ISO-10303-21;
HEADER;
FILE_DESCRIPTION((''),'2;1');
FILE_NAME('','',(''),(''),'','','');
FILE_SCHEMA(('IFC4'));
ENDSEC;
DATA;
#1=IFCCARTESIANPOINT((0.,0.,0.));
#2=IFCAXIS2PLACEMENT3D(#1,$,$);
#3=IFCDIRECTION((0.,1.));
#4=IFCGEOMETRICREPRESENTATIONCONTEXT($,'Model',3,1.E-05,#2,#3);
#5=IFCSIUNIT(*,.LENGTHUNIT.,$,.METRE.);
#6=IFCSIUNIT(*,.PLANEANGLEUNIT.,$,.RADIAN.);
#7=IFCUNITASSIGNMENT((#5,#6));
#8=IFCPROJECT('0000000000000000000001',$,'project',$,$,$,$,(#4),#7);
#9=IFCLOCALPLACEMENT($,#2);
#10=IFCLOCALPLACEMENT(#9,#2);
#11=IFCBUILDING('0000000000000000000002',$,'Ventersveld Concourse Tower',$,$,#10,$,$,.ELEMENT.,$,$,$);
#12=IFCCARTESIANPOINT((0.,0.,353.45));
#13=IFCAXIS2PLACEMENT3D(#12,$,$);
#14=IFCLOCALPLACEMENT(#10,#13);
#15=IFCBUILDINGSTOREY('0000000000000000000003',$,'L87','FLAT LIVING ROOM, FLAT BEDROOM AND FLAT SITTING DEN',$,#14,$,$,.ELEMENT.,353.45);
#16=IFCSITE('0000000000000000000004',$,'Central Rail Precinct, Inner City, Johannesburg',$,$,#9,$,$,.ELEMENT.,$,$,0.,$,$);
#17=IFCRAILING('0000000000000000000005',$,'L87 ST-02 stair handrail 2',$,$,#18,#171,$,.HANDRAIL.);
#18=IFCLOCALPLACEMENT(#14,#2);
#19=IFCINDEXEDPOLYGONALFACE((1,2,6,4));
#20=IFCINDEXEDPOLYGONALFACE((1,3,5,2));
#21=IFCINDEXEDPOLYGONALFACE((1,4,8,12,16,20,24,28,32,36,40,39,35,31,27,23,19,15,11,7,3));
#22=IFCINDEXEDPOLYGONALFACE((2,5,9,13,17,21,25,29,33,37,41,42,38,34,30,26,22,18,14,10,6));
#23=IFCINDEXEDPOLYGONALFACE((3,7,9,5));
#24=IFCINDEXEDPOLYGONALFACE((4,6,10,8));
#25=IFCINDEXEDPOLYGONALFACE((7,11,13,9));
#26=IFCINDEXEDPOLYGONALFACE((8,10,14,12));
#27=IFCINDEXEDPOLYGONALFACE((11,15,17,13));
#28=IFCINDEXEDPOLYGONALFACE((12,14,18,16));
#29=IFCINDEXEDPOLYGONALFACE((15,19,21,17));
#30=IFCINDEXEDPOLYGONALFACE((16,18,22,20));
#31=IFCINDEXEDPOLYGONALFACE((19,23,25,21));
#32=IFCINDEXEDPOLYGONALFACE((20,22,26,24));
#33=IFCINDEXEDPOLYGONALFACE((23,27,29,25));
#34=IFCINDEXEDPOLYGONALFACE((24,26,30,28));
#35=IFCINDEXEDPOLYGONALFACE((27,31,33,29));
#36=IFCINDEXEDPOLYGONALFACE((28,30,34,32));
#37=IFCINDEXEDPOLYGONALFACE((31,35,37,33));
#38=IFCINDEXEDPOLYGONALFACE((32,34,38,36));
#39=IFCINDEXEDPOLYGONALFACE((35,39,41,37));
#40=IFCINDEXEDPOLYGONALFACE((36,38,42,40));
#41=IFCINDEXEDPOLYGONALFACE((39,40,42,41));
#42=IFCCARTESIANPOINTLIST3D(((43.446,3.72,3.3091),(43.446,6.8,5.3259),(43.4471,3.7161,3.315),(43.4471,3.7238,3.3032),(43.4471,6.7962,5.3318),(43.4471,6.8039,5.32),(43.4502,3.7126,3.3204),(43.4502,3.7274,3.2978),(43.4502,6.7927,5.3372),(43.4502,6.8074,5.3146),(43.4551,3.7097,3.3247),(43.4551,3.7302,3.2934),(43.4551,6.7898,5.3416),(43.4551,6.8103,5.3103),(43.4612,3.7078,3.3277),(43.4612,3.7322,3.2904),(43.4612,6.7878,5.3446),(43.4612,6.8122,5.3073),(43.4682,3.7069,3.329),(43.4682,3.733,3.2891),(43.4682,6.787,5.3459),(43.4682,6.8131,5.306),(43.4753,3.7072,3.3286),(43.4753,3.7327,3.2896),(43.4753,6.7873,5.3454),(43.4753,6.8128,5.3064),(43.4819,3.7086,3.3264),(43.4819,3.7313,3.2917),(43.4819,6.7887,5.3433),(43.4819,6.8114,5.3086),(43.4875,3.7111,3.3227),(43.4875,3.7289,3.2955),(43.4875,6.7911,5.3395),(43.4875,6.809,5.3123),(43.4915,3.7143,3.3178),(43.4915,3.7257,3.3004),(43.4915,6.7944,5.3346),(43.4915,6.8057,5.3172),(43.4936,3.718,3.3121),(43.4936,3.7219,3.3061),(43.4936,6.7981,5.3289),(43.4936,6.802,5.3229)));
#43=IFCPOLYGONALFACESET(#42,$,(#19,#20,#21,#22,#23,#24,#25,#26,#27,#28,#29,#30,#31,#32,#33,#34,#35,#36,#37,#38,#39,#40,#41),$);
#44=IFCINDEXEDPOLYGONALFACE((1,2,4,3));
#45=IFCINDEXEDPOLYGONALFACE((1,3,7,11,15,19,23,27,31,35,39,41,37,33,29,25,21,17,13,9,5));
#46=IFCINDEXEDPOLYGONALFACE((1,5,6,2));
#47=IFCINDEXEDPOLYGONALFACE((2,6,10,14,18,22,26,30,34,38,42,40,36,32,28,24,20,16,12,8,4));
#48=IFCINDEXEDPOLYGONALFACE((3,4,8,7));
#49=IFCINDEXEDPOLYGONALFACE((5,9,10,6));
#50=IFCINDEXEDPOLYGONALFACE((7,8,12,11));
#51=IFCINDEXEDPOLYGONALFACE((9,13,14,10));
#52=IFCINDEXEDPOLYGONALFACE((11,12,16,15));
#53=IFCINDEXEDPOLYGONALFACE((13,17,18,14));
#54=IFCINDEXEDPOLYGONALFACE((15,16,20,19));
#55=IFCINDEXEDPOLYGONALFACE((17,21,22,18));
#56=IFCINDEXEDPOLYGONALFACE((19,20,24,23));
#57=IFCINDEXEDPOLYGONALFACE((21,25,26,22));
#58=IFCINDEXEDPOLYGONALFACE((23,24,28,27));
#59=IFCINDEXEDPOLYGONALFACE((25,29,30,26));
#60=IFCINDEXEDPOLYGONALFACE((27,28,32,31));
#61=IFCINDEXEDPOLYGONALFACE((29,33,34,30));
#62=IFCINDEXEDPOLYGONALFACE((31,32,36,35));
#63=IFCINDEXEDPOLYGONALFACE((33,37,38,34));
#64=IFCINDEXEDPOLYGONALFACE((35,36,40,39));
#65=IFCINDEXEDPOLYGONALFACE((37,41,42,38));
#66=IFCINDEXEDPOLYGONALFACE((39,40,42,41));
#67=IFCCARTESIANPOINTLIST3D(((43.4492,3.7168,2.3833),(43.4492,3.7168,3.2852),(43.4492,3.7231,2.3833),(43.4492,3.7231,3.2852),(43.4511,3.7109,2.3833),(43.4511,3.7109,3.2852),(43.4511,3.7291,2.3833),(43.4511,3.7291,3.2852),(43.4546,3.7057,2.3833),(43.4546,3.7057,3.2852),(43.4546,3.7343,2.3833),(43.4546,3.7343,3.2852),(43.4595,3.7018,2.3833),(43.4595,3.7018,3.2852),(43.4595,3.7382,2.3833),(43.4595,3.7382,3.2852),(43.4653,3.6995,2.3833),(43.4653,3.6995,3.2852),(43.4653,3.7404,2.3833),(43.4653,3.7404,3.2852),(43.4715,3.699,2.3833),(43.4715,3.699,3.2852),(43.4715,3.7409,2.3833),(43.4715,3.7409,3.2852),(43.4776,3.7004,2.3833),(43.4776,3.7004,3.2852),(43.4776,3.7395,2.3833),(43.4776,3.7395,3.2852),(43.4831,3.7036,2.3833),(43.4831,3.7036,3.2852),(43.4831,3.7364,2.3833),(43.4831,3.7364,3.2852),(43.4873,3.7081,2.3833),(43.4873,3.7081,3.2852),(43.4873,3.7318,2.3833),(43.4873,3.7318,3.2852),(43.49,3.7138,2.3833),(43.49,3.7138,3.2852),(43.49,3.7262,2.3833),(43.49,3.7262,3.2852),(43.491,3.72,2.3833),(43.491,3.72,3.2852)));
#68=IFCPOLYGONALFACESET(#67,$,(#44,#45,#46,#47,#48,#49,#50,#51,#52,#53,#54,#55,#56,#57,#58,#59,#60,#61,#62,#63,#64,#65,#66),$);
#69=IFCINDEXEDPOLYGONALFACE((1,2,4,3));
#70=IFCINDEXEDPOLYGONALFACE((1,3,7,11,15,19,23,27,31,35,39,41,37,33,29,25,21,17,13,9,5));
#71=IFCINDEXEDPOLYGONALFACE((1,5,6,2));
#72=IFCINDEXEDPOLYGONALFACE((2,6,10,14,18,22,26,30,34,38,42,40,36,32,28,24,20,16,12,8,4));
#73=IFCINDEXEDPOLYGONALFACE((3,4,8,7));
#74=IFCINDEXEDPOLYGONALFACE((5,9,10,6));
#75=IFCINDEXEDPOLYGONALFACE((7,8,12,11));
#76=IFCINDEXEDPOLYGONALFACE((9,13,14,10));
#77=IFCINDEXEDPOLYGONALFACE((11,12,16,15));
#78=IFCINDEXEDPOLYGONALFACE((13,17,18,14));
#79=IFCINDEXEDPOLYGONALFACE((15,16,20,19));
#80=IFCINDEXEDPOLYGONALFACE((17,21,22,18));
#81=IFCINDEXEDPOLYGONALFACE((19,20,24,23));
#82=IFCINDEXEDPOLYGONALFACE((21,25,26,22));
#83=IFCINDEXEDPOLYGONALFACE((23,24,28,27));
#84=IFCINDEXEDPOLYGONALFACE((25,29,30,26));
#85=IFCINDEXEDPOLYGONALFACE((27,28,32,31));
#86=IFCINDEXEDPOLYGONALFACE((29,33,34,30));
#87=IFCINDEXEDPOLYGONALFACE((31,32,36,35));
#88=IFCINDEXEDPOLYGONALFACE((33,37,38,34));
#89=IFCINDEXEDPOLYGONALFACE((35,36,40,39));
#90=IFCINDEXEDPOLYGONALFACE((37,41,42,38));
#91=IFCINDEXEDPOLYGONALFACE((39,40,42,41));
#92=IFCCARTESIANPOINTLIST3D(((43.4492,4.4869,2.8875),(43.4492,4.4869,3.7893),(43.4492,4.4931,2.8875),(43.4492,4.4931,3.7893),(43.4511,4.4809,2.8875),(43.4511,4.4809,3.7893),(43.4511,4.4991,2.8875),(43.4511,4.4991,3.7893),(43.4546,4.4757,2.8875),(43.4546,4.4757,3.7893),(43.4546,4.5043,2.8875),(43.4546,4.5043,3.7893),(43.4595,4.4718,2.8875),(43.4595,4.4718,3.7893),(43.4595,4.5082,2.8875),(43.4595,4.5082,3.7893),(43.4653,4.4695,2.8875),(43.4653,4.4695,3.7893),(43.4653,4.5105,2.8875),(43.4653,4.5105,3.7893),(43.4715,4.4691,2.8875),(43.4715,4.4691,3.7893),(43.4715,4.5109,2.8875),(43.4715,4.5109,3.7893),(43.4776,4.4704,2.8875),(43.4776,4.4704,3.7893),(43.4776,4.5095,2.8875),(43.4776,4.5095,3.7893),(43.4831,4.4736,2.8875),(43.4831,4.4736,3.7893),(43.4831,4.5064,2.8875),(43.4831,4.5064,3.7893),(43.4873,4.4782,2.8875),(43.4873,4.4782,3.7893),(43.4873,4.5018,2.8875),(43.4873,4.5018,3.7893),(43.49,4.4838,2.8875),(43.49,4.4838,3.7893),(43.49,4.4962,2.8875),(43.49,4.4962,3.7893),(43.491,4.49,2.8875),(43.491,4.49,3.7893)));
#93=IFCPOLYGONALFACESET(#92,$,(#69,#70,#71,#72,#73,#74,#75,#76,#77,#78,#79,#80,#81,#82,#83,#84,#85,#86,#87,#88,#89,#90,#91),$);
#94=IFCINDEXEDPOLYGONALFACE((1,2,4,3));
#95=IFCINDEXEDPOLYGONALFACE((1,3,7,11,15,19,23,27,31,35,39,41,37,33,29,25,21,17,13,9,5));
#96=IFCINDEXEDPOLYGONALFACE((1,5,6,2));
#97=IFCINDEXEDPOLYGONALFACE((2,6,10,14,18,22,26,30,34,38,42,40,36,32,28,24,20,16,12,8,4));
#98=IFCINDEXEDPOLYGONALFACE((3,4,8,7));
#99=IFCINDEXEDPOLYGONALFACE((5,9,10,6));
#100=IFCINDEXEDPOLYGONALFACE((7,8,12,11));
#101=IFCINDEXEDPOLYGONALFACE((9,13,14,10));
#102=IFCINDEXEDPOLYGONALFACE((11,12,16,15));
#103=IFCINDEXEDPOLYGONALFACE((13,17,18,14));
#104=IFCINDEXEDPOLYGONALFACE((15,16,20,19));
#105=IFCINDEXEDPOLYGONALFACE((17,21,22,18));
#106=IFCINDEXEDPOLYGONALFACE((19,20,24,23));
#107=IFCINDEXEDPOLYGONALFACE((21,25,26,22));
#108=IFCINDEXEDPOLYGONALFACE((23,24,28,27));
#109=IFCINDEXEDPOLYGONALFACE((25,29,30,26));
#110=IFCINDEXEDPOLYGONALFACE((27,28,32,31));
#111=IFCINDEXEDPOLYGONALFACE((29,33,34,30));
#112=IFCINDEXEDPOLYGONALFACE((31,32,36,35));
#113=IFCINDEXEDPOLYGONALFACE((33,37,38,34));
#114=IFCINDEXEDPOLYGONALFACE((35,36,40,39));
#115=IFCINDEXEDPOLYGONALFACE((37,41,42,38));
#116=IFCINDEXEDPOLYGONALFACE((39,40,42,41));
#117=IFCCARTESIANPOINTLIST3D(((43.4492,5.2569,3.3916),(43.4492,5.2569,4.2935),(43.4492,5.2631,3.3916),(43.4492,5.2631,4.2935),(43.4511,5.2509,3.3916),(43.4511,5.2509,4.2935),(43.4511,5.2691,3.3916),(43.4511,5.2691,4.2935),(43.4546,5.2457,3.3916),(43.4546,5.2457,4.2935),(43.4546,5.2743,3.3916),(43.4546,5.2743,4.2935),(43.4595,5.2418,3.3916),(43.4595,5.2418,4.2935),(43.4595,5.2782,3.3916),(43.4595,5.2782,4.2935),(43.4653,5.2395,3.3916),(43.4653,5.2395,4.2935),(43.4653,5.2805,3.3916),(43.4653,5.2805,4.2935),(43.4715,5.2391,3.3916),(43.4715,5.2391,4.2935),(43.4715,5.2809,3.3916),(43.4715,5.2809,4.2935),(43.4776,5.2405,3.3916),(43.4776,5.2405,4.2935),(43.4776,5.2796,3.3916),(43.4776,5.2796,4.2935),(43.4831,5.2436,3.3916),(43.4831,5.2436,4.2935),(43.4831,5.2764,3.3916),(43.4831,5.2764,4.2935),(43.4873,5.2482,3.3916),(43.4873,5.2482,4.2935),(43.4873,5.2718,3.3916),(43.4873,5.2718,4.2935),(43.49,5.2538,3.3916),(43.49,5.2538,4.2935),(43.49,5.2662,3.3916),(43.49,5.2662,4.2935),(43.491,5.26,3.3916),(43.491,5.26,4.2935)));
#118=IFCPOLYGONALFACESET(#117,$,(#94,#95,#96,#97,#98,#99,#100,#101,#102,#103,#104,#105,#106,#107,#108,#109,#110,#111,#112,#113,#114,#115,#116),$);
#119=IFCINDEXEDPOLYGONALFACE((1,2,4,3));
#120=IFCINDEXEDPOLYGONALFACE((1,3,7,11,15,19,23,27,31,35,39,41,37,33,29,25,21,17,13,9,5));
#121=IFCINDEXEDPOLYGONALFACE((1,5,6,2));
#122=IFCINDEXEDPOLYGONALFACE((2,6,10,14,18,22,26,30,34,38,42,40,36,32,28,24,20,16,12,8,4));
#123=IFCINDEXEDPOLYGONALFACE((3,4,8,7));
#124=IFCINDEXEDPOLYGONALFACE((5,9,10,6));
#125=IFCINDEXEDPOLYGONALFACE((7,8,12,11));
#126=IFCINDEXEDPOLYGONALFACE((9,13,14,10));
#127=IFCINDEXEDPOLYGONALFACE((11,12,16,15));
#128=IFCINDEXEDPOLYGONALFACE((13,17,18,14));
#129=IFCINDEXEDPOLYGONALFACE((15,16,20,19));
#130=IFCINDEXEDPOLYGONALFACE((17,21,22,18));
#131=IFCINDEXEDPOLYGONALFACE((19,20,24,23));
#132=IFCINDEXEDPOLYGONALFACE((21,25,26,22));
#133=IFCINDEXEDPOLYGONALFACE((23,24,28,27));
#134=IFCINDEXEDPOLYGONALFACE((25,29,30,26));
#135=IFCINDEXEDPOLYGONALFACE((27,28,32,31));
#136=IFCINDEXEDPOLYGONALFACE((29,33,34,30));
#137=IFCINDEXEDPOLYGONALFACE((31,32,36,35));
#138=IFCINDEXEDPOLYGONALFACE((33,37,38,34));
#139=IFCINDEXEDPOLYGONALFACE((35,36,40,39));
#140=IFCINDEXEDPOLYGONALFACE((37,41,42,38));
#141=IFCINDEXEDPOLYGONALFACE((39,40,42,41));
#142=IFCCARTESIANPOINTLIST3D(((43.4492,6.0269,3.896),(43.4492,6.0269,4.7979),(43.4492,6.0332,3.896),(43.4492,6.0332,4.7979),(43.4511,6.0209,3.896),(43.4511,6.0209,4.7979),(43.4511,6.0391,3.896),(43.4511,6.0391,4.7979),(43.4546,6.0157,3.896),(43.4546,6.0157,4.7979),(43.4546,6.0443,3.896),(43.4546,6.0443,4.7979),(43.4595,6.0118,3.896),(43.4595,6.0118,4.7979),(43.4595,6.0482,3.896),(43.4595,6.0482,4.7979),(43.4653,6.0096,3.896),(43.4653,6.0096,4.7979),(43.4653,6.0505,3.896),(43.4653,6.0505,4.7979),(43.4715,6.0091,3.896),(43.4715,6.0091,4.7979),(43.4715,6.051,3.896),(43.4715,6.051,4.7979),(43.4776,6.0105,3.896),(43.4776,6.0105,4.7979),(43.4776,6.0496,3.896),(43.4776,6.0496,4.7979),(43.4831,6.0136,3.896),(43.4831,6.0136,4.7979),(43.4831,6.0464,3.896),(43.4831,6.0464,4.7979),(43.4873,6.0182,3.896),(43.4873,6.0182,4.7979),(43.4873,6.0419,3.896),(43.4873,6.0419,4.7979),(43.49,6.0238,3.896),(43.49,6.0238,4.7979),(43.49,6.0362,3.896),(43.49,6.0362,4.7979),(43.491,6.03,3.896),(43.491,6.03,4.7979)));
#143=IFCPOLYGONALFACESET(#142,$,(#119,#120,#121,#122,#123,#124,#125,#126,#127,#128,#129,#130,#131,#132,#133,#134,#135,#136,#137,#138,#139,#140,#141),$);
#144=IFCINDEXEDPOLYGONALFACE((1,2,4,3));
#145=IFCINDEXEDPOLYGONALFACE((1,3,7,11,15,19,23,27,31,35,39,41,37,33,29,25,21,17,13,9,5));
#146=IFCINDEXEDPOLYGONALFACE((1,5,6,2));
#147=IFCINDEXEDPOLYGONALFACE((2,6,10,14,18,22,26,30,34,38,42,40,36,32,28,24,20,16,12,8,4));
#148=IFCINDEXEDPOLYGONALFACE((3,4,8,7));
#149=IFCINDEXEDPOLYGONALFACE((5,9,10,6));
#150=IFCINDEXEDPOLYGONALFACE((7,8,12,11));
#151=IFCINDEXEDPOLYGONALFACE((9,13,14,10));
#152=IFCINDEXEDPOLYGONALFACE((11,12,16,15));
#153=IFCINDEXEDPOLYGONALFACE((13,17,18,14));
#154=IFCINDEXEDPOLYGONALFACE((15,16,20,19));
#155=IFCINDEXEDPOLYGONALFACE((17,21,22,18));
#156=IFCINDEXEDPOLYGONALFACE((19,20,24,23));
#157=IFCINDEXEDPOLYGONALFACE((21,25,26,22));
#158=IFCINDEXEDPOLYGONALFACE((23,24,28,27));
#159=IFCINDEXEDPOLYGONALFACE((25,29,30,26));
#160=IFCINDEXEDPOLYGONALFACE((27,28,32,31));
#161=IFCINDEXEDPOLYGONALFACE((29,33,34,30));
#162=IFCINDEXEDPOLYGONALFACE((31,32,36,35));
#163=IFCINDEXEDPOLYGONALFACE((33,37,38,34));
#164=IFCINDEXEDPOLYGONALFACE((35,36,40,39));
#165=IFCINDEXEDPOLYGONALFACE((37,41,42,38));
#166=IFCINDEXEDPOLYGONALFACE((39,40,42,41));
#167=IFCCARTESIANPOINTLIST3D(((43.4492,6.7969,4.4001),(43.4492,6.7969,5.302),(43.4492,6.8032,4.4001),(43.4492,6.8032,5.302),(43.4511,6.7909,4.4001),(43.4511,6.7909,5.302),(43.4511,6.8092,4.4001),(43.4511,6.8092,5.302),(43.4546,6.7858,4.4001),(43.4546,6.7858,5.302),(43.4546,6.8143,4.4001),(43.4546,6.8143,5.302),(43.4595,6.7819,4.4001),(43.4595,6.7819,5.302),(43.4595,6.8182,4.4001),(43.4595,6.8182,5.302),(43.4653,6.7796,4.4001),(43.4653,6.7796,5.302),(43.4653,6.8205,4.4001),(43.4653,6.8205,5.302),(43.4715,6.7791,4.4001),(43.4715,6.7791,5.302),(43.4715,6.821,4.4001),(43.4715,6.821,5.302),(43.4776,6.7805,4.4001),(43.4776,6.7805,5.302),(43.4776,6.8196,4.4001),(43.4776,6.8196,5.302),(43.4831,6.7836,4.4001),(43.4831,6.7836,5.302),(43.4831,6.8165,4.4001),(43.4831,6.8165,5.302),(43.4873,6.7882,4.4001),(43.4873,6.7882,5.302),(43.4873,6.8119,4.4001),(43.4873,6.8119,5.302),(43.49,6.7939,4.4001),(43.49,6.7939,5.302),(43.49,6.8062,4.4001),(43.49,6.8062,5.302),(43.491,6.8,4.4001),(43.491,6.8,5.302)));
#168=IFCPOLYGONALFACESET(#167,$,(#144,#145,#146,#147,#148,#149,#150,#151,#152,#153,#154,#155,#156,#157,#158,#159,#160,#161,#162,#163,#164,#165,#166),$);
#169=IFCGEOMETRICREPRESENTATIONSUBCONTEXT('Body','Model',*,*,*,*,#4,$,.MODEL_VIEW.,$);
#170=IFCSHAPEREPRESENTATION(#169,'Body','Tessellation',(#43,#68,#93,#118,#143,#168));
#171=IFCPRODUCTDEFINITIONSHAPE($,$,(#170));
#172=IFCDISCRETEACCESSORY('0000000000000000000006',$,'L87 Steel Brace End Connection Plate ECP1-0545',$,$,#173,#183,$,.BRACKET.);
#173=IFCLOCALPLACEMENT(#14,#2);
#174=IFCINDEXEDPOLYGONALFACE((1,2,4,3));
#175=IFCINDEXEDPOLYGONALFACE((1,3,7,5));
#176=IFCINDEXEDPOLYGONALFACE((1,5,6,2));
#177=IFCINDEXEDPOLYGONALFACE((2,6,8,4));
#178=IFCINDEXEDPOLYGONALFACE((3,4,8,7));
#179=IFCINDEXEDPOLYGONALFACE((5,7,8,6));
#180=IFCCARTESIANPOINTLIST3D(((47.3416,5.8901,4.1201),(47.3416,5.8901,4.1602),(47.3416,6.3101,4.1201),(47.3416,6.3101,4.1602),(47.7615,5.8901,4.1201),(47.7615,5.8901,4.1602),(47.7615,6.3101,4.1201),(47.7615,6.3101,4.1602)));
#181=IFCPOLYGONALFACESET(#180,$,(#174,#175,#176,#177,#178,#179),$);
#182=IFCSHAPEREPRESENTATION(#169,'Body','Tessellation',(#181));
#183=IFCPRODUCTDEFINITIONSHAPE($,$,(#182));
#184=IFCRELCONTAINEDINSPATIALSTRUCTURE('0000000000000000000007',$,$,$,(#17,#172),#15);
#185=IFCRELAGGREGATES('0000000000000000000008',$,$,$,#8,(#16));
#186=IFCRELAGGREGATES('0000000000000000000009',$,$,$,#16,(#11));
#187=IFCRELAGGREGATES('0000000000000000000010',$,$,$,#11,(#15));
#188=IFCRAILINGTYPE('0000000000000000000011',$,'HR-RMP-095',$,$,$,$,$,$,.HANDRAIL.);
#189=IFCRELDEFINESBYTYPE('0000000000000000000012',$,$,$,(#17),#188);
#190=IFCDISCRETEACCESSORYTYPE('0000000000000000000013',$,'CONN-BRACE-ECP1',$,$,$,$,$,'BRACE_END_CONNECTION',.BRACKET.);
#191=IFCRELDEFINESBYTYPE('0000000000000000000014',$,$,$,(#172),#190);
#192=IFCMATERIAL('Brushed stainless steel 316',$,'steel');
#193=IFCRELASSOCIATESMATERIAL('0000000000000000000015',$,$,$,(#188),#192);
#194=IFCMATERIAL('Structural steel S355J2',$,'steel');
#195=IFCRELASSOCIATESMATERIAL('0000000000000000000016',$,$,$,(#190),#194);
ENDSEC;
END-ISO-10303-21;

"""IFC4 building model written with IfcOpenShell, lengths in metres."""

from ifc_helpers import new_model, si_unit, direction, frame, origin, origin_2d, place, context, subcontext, project, spatial, rectangle, circle, extrude, material, type_object, element, save


model = new_model("IFC4")

# Units and contexts
model_context = context("Model", 3, precision=1e-05, world=origin(), true_north=direction((0.0, 1.0)))
body_context = subcontext(model_context, "Body", "Model", "MODEL_VIEW")
ifc_project = project(units=[si_unit("LENGTHUNIT", "METRE"), si_unit("PLANEANGLEUNIT", "RADIAN")], contexts=[model_context])

# Site, building, storey
site_placement = place(None, origin())
site = spatial("IfcSite", under=ifc_project, at=site_placement, Name="Central Rail Precinct, Inner City, Johannesburg", CompositionType="ELEMENT", RefElevation=0.0)
building_placement = place(site_placement, origin())
building = spatial("IfcBuilding", under=site, at=building_placement, Name="Ventersveld Concourse Tower", CompositionType="ELEMENT")
storey_placement = place(building_placement, frame((0.0, 0.0, 353.45)))
storey = spatial("IfcBuildingStorey", under=building, at=storey_placement, Name="L87", Description="FLAT LIVING ROOM, FLAT BEDROOM AND FLAT SITTING DEN", CompositionType="ELEMENT", Elevation=353.45)

# Shared definitions
ifc_material_1 = material(Name="Structural steel S355J2", Category="steel")

# Railing
ifc_material_2 = material(Name="Brushed stainless steel 316", Category="steel")
railing_type = type_object("IfcRailingType", Name="HR-RMP-095", PredefinedType="HANDRAIL", material=ifc_material_2)
railing_placement = place(storey_placement, frame((43.47, 3.72, 2.3833)))
element("IfcRailing", 1, at=railing_placement, inside=storey, type_object=railing_type, Name="L87 ST-02 stair handrail 2", PredefinedType="HANDRAIL", context=body_context, shape_type="SweptSolid", body=[
    extrude(circle(Radius=0.0239, at=origin_2d()), frame((0.0, 0.0, 0.9258), z_axis=(0.0, 0.836603, 0.54781), x_axis=(-1.0, 0.0, 0.0)), (0.0, 0.0, 1.0), 3.6816),
    extrude(circle(Radius=0.021, at=origin_2d()), origin(), (0.0, 0.0, 1.0), 0.9019),
    extrude(circle(Radius=0.021, at=origin_2d()), frame((0.0, 0.77, 0.5042)), (0.0, 0.0, 1.0), 0.9019),
    extrude(circle(Radius=0.021, at=origin_2d()), frame((0.0, 1.54, 1.0083)), (0.0, 0.0, 1.0), 0.9019),
    extrude(circle(Radius=0.021, at=origin_2d()), frame((0.0, 2.3101, 1.5127)), (0.0, 0.0, 1.0), 0.9019),
    extrude(circle(Radius=0.021, at=origin_2d()), frame((0.0, 3.0801, 2.0168)), (0.0, 0.0, 1.0), 0.9019),
])

# Discrete accessory
discrete_accessory_type = type_object("IfcDiscreteAccessoryType", Name="CONN-BRACE-ECP1", ElementType="BRACE_END_CONNECTION", PredefinedType="BRACKET", material=ifc_material_1)
discrete_accessory_placement = place(storey_placement, frame((47.5515, 6.1001, 4.1201), z_axis=(0.0, 0.0, 1.0), x_axis=(1.0, 0.0, 0.0)))
element("IfcDiscreteAccessory", 2, at=discrete_accessory_placement, inside=storey, type_object=discrete_accessory_type, Name="L87 Steel Brace End Connection Plate ECP1-0545", PredefinedType="BRACKET", context=body_context, shape_type="SweptSolid", body=[
    extrude(rectangle(XDim=0.4199, YDim=0.4199, at=origin_2d()), origin(), (0.0, 0.0, 1.0), 0.04),
])

save(model, "model.ifc")
